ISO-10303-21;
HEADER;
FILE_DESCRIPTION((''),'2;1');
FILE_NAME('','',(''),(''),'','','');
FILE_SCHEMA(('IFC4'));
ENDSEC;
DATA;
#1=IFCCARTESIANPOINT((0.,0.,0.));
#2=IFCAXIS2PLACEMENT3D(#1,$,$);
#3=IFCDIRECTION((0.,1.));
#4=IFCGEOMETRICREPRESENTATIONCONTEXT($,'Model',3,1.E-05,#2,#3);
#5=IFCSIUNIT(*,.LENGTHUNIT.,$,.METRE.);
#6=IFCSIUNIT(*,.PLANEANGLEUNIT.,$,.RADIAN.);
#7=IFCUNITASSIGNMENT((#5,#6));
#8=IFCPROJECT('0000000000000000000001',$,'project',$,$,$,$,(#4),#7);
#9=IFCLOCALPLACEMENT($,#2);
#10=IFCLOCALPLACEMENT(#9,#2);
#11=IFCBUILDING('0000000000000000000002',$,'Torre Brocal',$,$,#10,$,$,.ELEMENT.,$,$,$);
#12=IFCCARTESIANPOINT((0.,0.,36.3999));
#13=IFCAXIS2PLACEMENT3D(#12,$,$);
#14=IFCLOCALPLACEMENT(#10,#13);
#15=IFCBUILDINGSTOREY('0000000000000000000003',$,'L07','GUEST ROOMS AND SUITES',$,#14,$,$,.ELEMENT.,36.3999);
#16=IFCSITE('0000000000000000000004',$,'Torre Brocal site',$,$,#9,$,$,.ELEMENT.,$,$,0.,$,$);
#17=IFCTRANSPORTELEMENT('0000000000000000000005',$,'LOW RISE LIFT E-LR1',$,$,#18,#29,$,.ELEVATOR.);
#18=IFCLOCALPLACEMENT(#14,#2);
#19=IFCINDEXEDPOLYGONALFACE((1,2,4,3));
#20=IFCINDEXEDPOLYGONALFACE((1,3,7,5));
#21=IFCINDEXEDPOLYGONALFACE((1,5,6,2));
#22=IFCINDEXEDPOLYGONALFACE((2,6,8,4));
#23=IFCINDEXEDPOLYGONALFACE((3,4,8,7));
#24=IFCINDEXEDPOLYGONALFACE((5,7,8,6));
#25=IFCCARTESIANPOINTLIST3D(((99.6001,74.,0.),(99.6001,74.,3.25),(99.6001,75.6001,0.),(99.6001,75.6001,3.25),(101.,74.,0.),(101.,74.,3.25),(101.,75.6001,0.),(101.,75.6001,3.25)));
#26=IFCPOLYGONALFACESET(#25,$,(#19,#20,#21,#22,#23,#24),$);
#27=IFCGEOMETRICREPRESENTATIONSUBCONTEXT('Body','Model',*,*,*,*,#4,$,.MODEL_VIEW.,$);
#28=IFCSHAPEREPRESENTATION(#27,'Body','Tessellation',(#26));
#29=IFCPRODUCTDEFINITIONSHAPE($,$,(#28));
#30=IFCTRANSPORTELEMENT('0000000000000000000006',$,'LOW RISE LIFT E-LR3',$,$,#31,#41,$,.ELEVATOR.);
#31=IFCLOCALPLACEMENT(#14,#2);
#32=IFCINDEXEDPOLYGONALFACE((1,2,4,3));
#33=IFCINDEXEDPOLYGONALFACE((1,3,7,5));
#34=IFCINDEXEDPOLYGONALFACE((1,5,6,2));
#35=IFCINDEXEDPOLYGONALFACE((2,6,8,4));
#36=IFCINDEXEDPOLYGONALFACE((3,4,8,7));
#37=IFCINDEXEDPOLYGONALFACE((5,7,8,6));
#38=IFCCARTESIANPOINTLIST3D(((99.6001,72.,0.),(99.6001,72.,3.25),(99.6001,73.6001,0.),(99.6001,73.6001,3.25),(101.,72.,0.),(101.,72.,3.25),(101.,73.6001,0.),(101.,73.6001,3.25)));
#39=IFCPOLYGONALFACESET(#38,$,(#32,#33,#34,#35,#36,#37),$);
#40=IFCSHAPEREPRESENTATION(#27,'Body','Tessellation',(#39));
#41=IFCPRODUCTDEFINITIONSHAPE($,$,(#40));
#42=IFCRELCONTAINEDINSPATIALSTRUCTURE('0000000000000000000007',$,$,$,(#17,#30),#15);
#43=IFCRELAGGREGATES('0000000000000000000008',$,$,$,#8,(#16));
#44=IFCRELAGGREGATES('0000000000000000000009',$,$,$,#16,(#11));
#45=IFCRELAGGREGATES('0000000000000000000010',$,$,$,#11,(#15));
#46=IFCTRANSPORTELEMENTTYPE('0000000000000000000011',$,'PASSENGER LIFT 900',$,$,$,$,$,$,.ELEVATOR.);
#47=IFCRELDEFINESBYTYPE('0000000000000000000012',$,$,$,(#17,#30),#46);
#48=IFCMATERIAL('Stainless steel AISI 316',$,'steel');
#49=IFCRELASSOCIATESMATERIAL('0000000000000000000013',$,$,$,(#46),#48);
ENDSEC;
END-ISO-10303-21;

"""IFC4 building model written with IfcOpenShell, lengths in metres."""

from ifc_helpers import new_model, si_unit, direction, frame, origin, origin_2d, place, context, subcontext, project, spatial, rectangle, extrude, material, type_object, element, save


model = new_model("IFC4")

# Units and contexts
model_context = context("Model", 3, precision=1e-05, world=origin(), true_north=direction((0.0, 1.0)))
body_context = subcontext(model_context, "Body", "Model", "MODEL_VIEW")
ifc_project = project(units=[si_unit("LENGTHUNIT", "METRE"), si_unit("PLANEANGLEUNIT", "RADIAN")], contexts=[model_context])

# Site, building, storey
site_placement = place(None, origin())
site = spatial("IfcSite", under=ifc_project, at=site_placement, Name="Torre Brocal site", CompositionType="ELEMENT", RefElevation=0.0)
building_placement = place(site_placement, origin())
building = spatial("IfcBuilding", under=site, at=building_placement, Name="Torre Brocal", CompositionType="ELEMENT")
storey_placement = place(building_placement, frame((0.0, 0.0, 36.3999)))
storey = spatial("IfcBuildingStorey", under=building, at=storey_placement, Name="L07", Description="GUEST ROOMS AND SUITES", CompositionType="ELEMENT", Elevation=36.3999)

# Transport elements
ifc_material_1 = material(Name="Stainless steel AISI 316", Category="steel")
transport_element_type_1 = type_object("IfcTransportElementType", Name="PASSENGER LIFT 900", PredefinedType="ELEVATOR", material=ifc_material_1)
for number, where, z_axis, x_axis, name in (
    (1, (100.3, 74.8, 0.0), (0.0, 0.0, 1.0), (1.0, 0.0, 0.0), "LOW RISE LIFT E-LR1"),
    (2, (100.3, 72.8, 0.0), (0.0, 0.0, 1.0), (1.0, 0.0, 0.0), "LOW RISE LIFT E-LR3"),
):
    element("IfcTransportElement", number, at=place(storey_placement, frame(where, z_axis=z_axis, x_axis=x_axis)), inside=storey, type_object=transport_element_type_1, Name=name, PredefinedType="ELEVATOR", context=body_context, shape_type="SweptSolid", body=[
        extrude(rectangle(XDim=1.3999, YDim=1.6001, at=origin_2d()), origin(), (0.0, 0.0, 1.0), 3.25),
    ])

save(model, "model.ifc")
